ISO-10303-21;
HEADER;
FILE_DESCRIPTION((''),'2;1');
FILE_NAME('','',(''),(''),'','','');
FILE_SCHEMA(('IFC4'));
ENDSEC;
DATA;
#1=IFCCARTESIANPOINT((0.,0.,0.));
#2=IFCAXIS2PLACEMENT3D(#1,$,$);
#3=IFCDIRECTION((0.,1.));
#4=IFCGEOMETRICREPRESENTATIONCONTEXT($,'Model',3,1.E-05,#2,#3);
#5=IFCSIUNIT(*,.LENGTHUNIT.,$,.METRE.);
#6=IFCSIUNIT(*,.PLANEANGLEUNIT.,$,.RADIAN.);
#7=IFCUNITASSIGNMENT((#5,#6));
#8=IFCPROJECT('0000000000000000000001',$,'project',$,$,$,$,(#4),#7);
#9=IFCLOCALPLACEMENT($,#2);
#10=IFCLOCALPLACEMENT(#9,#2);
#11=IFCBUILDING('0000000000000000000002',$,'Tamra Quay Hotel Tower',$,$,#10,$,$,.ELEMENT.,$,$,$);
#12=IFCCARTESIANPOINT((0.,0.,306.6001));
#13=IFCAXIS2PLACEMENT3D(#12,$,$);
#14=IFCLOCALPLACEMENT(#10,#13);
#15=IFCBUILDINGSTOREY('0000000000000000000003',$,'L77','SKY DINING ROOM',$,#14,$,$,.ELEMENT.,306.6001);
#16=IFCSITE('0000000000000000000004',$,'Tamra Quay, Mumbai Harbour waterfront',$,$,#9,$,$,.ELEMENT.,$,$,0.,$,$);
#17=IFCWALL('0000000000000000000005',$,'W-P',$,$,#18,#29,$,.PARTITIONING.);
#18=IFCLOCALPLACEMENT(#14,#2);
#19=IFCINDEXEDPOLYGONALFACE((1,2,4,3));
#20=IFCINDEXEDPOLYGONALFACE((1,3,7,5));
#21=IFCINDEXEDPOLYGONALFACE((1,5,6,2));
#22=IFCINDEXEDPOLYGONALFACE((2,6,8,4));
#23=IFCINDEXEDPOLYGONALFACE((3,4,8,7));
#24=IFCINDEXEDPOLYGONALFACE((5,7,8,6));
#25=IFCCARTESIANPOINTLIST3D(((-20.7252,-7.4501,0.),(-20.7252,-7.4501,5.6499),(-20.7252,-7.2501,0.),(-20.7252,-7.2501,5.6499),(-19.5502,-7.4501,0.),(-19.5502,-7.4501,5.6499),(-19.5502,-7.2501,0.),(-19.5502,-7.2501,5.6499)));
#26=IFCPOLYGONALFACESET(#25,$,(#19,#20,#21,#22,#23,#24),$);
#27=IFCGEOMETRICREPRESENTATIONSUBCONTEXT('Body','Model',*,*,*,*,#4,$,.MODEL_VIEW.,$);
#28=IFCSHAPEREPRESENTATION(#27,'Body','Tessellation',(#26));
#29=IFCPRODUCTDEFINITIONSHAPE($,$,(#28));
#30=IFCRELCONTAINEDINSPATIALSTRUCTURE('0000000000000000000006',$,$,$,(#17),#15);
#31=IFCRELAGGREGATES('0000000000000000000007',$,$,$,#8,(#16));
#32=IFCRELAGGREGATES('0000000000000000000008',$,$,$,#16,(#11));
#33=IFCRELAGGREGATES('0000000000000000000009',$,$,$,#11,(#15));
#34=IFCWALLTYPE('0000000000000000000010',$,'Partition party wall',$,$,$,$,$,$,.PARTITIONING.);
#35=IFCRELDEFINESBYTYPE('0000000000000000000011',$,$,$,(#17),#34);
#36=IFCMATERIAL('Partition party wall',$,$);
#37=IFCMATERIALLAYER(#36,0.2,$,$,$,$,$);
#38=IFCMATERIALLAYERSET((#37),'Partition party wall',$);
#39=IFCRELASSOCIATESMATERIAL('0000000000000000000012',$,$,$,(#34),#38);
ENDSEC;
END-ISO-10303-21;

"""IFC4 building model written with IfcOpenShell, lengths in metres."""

from ifc_helpers import new_model, si_unit, direction, frame, frame_2d, origin, place, context, subcontext, project, spatial, rectangle, extrude, material, layer, layer_set, type_object, element, save


model = new_model("IFC4")

# Units and contexts
model_context = context("Model", 3, precision=1e-05, world=origin(), true_north=direction((0.0, 1.0)))
body_context = subcontext(model_context, "Body", "Model", "MODEL_VIEW")
ifc_project = project(units=[si_unit("LENGTHUNIT", "METRE"), si_unit("PLANEANGLEUNIT", "RADIAN")], contexts=[model_context])

# Site, building, storey
site_placement = place(None, origin())
site = spatial("IfcSite", under=ifc_project, at=site_placement, Name="Tamra Quay, Mumbai Harbour waterfront", CompositionType="ELEMENT", RefElevation=0.0)
building_placement = place(site_placement, origin())
building = spatial("IfcBuilding", under=site, at=building_placement, Name="Tamra Quay Hotel Tower", CompositionType="ELEMENT")
storey_placement = place(building_placement, frame((0.0, 0.0, 306.6001)))
storey = spatial("IfcBuildingStorey", under=building, at=storey_placement, Name="L77", Description="SKY DINING ROOM", CompositionType="ELEMENT", Elevation=306.6001)

# Wall
ifc_material_1 = material(Name="Partition party wall")
ifc_layer_1 = layer(ifc_material_1, 0.2)
ifc_layer_set_1 = layer_set([ifc_layer_1], Name="Partition party wall")
wall_type_1 = type_object("IfcWallType", Name="Partition party wall", PredefinedType="PARTITIONING", material=ifc_layer_set_1)
wall_1_placement = place(storey_placement, frame((-20.7251, -7.3501, 0.0), z_axis=(0.0, 0.0, 1.0), x_axis=(1.0, 0.0, 0.0)))
element("IfcWall", 1, at=wall_1_placement, inside=storey, type_object=wall_type_1, Name="W-P", PredefinedType="PARTITIONING", context=body_context, shape_type="SweptSolid", body=[
    extrude(rectangle(XDim=1.175, YDim=0.2, at=frame_2d((0.5874, 0.0))), origin(), (0.0, 0.0, 1.0), 5.6499),
])

save(model, "model.ifc")
